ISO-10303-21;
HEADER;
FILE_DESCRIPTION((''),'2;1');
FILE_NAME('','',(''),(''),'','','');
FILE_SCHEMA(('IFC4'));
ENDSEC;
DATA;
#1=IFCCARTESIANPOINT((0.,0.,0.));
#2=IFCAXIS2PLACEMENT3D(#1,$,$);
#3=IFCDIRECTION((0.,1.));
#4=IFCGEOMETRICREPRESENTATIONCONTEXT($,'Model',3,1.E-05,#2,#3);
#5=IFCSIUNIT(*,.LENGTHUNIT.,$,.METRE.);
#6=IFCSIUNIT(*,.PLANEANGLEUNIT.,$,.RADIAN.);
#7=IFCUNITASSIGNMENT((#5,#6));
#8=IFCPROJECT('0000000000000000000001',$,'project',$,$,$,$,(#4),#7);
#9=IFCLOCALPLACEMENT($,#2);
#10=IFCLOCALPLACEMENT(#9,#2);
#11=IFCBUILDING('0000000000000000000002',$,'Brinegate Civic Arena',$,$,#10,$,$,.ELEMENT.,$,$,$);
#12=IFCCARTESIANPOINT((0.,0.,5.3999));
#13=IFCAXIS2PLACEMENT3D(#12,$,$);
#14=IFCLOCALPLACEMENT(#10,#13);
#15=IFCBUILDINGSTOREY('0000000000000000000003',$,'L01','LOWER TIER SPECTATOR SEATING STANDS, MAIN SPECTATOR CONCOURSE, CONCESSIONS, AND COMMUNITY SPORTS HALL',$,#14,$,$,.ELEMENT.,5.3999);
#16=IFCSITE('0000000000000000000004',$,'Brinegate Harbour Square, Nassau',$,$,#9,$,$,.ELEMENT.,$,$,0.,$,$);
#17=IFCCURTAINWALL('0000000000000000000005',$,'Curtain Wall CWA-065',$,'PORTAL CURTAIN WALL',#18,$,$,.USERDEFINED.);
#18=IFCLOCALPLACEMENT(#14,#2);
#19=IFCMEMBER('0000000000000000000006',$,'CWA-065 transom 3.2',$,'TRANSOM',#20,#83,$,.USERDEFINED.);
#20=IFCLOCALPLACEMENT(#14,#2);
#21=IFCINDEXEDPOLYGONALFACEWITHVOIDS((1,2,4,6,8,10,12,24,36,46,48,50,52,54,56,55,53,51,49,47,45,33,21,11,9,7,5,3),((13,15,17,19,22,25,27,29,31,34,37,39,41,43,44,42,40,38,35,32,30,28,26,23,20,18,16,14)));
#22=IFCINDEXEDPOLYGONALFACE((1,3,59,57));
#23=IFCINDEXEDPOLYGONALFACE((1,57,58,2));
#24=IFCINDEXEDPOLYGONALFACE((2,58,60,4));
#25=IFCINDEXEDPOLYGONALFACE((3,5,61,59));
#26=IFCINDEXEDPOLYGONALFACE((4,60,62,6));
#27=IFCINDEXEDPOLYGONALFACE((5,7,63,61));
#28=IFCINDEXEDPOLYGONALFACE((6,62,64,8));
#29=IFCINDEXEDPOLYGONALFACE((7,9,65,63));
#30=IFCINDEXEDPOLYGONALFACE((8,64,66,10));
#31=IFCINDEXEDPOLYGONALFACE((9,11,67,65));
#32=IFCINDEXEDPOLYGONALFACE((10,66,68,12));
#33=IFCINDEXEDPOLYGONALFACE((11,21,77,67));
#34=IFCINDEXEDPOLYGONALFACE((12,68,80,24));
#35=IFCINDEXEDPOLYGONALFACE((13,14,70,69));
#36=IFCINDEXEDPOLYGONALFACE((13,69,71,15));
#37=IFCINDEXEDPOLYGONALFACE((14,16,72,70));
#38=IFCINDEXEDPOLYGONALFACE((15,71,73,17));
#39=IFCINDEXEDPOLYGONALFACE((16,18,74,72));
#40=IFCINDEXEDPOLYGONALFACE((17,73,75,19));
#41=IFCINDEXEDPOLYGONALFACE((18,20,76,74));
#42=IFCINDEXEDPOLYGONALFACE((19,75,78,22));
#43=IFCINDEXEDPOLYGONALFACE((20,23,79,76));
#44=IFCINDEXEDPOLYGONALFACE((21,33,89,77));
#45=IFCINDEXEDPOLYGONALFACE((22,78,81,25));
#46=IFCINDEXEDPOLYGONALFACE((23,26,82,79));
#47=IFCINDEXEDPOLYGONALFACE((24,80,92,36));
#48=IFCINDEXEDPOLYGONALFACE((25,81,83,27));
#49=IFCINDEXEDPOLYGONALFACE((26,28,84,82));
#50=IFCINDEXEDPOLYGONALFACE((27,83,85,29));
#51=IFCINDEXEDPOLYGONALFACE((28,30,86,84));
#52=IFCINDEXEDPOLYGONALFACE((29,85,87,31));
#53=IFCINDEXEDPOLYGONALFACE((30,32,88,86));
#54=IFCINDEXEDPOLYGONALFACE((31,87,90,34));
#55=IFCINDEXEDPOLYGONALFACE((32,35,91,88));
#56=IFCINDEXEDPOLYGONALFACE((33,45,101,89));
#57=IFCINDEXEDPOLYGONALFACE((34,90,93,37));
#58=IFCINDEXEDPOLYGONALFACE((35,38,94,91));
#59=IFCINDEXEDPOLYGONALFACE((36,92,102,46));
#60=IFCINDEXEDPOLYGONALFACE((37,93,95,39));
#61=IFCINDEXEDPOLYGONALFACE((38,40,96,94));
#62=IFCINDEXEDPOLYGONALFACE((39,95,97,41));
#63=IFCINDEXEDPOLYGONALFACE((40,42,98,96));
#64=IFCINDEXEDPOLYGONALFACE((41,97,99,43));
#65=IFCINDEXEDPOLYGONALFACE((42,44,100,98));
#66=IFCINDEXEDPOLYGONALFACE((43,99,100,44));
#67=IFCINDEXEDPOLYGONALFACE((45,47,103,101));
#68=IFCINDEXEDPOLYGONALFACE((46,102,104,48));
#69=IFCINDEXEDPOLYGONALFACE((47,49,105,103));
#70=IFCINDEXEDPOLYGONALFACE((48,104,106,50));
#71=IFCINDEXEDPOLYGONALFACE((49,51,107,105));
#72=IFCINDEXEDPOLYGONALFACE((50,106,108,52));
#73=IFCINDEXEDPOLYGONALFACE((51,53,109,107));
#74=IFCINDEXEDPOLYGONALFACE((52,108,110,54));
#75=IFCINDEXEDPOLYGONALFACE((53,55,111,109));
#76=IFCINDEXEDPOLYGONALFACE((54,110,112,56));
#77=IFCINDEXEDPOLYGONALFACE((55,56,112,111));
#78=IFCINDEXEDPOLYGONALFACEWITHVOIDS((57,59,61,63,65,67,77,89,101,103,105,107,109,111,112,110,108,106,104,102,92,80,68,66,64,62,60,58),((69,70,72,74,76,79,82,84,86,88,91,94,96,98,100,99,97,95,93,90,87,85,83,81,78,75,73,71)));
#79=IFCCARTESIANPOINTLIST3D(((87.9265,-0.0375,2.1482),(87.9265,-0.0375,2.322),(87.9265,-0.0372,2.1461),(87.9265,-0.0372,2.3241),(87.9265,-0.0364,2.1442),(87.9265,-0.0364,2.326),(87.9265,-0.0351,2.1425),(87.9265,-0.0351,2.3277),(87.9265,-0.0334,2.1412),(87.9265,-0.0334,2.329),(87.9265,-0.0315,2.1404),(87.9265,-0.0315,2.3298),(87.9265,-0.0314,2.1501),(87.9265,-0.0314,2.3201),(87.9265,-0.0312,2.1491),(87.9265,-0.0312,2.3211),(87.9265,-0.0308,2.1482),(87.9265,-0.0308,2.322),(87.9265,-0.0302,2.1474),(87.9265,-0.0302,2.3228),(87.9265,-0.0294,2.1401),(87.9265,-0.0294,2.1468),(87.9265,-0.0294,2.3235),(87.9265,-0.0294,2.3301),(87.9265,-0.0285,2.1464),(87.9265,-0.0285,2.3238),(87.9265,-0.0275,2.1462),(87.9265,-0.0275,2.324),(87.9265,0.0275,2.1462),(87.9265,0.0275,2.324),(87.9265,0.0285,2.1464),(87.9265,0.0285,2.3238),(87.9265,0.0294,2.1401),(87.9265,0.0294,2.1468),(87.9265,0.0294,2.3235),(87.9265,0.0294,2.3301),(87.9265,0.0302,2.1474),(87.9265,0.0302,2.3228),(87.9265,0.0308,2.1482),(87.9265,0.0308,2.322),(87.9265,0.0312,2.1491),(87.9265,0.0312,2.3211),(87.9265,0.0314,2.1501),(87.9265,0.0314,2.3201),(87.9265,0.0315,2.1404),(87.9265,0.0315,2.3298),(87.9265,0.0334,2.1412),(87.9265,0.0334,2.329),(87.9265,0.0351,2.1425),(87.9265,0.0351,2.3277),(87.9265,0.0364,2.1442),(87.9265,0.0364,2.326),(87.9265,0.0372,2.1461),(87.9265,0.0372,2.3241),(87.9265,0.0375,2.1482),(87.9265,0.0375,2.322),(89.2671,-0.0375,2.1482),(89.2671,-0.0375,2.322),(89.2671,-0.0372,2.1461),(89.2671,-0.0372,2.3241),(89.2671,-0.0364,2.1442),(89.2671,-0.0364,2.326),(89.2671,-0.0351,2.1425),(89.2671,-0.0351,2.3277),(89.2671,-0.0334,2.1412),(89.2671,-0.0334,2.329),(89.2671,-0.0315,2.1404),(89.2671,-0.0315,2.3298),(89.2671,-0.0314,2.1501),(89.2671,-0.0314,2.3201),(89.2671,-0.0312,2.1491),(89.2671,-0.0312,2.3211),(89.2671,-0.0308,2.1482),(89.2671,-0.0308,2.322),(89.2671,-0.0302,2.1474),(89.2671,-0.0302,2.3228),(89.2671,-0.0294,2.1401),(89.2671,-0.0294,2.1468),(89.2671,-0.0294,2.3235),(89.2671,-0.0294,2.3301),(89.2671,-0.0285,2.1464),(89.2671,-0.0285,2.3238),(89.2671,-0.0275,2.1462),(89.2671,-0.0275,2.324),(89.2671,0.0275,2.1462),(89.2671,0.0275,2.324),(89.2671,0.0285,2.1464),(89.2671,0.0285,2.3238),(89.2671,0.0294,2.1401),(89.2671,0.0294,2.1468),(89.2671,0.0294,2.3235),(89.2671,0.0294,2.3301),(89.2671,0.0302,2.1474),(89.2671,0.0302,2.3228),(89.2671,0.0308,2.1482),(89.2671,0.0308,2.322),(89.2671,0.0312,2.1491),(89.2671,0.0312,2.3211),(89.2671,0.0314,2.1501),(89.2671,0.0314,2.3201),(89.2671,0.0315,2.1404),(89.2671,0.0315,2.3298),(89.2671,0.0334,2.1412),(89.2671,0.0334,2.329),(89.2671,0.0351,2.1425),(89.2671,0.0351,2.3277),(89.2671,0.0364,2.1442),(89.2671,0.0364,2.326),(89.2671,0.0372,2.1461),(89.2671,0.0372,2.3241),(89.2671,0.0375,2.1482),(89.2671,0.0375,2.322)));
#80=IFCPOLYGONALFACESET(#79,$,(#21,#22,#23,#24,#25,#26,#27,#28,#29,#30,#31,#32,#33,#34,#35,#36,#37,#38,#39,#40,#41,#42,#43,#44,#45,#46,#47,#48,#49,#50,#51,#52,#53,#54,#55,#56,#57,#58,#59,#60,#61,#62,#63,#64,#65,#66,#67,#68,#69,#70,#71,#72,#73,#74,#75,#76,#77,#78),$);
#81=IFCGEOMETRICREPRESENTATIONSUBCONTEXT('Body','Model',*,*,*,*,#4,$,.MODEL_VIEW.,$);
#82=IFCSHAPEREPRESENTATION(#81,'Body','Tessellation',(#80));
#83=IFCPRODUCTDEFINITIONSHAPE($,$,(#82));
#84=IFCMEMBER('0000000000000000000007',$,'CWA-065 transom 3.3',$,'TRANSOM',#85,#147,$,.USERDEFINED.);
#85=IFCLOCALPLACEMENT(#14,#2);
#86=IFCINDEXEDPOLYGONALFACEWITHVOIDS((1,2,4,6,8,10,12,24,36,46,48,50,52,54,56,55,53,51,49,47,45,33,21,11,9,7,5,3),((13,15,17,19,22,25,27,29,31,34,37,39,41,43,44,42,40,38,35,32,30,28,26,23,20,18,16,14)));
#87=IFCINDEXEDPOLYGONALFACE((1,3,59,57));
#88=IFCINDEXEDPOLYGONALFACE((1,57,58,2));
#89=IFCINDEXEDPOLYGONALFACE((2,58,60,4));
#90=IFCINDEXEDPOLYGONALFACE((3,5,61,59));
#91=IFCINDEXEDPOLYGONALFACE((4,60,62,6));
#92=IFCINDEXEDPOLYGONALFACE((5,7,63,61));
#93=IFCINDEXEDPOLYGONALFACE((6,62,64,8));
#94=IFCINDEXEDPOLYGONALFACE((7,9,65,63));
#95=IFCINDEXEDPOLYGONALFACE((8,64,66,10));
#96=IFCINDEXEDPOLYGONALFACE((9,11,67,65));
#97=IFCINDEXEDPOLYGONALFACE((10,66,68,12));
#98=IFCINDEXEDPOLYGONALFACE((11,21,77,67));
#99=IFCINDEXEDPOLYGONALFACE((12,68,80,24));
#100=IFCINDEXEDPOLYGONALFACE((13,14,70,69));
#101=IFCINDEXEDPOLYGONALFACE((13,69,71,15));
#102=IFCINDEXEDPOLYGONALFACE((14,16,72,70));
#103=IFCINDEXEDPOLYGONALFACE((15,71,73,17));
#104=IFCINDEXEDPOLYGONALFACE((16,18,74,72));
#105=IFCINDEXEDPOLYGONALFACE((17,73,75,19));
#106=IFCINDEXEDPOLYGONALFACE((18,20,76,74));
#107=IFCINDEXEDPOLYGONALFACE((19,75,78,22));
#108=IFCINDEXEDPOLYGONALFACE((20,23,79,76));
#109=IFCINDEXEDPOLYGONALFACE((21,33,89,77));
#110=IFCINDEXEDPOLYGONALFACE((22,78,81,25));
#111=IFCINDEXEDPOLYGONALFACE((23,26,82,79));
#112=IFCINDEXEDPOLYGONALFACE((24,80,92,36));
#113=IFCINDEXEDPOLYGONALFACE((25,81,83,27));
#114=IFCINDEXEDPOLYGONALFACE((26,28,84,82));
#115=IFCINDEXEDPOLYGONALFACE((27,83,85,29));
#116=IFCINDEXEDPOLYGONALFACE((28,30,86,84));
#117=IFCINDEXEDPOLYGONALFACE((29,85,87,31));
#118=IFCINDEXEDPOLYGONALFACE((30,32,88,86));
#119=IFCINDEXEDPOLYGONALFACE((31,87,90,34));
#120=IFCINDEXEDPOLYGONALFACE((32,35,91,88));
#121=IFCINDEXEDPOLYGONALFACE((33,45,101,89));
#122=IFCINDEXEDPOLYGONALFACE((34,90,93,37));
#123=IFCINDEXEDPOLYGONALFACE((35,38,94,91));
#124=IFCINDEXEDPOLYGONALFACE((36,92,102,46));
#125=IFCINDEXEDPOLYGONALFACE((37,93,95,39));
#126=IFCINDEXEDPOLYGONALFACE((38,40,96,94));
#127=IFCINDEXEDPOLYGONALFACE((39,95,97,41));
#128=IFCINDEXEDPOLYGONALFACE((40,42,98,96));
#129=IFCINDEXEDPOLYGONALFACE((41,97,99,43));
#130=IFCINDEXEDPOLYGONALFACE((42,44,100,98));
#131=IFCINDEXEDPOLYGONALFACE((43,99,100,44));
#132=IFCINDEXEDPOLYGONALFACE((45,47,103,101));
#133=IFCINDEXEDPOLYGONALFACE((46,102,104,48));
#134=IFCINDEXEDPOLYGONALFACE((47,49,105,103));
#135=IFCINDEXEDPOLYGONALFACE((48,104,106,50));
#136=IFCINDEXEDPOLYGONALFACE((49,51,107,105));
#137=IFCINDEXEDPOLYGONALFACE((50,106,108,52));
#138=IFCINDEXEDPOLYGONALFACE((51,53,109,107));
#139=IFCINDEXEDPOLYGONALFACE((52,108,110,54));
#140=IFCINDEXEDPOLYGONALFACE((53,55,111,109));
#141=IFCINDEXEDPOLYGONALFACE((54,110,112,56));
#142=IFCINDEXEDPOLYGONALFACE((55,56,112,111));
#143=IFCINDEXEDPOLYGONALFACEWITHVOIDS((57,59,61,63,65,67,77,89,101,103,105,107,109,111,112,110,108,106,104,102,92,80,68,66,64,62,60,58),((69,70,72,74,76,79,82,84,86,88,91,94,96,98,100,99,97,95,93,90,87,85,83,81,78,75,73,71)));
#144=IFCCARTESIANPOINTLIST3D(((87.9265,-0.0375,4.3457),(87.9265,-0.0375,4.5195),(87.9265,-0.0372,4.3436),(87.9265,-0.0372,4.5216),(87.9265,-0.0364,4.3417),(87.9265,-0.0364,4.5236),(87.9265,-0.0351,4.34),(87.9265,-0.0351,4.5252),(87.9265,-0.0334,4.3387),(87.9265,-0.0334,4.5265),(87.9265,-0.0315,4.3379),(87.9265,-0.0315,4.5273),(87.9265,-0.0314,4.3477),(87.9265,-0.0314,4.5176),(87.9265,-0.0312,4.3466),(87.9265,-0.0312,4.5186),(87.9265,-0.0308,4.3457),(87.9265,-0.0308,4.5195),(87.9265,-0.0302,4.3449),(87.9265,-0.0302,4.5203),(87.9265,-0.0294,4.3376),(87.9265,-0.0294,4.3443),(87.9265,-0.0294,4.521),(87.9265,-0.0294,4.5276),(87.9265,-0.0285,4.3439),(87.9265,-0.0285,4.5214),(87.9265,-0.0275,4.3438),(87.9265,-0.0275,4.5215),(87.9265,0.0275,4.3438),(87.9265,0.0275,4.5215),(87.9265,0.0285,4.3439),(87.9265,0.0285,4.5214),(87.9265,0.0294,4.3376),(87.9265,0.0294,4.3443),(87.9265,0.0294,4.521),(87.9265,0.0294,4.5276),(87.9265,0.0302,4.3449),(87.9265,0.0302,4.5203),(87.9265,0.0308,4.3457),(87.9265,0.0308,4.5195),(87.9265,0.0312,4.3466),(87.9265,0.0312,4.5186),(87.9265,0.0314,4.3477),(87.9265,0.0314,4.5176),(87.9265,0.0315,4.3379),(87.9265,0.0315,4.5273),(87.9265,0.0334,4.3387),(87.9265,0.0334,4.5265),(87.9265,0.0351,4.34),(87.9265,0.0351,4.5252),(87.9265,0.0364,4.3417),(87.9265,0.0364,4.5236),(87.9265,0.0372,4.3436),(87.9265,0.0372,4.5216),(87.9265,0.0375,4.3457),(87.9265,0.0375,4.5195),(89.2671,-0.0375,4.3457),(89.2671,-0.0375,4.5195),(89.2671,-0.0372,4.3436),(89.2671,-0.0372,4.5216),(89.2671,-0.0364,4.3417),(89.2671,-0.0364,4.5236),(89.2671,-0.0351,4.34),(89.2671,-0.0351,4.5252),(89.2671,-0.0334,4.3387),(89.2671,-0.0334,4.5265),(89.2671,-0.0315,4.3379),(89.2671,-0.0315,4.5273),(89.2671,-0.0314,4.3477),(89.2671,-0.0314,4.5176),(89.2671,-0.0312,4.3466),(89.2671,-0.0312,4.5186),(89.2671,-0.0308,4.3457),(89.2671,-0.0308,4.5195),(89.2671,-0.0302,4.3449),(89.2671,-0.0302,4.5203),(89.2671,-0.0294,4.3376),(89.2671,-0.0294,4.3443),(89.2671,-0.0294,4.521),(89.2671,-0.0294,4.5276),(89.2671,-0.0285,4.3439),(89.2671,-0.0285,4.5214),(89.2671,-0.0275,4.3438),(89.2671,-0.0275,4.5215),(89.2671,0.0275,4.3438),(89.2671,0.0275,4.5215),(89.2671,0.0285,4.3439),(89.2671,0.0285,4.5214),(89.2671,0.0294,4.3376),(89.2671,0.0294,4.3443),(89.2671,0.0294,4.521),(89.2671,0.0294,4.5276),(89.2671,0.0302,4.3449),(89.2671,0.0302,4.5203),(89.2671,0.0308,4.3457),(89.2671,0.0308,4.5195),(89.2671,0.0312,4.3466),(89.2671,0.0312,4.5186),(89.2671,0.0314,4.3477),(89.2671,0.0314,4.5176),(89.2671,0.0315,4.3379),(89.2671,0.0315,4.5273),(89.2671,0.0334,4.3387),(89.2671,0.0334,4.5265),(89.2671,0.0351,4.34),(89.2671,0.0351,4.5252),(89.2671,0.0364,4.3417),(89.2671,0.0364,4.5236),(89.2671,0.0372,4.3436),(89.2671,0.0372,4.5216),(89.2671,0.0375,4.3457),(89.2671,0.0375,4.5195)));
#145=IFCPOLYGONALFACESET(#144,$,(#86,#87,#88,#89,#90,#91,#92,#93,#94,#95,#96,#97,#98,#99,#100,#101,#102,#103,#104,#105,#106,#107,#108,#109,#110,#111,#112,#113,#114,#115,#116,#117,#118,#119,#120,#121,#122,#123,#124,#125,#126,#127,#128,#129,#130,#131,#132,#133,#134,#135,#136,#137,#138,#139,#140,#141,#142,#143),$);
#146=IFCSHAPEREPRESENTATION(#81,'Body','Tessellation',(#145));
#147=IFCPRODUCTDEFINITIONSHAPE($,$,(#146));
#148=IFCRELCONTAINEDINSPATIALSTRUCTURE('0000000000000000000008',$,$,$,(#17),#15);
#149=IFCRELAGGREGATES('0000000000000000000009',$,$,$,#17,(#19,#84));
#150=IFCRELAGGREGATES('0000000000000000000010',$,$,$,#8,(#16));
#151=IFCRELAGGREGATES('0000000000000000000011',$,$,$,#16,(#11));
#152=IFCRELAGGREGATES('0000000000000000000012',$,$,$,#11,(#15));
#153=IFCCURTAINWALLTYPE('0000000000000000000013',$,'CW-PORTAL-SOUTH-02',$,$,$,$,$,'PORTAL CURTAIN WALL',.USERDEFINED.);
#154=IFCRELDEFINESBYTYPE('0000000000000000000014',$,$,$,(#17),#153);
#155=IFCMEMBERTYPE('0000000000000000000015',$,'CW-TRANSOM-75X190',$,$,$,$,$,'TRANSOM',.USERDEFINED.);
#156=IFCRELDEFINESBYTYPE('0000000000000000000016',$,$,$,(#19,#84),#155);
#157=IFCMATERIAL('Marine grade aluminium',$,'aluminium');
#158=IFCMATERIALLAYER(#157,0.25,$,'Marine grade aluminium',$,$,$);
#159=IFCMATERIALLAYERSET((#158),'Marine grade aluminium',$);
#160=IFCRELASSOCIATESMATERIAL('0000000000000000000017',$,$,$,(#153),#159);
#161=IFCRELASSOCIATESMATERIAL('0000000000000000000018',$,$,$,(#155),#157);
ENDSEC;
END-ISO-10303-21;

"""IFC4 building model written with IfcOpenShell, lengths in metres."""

from ifc_helpers import new_model, si_unit, direction, frame, origin, origin_2d, place, context, subcontext, project, spatial, hollow_rectangle, extrude, material, layer, layer_set, material_profile, profile_set, type_object, element, aggregate, save


model = new_model("IFC4")

# Units and contexts
model_context = context("Model", 3, precision=1e-05, world=origin(), true_north=direction((0.0, 1.0)))
body_context = subcontext(model_context, "Body", "Model", "MODEL_VIEW")
ifc_project = project(units=[si_unit("LENGTHUNIT", "METRE"), si_unit("PLANEANGLEUNIT", "RADIAN")], contexts=[model_context])

# Site, building, storey
site_placement = place(None, origin())
site = spatial("IfcSite", under=ifc_project, at=site_placement, Name="Brinegate Harbour Square, Nassau", CompositionType="ELEMENT", RefElevation=0.0)
building_placement = place(site_placement, origin())
building = spatial("IfcBuilding", under=site, at=building_placement, Name="Brinegate Civic Arena", CompositionType="ELEMENT")
storey_placement = place(building_placement, frame((0.0, 0.0, 5.3999)))
storey = spatial("IfcBuildingStorey", under=building, at=storey_placement, Name="L01", Description="LOWER TIER SPECTATOR SEATING STANDS, MAIN SPECTATOR CONCOURSE, CONCESSIONS, AND COMMUNITY SPORTS HALL", CompositionType="ELEMENT", Elevation=5.3999)

# Curtain wall, members
ifc_material_1 = material(Name="Marine grade aluminium", Category="aluminium")
ifc_layer_1 = layer(ifc_material_1, 0.25, Name="Marine grade aluminium")
ifc_layer_set_1 = layer_set([ifc_layer_1], Name="Marine grade aluminium")
curtain_wall_type = type_object("IfcCurtainWallType", Name="CW-PORTAL-SOUTH-02", ElementType="PORTAL CURTAIN WALL", PredefinedType="USERDEFINED", material=ifc_layer_set_1)
curtain_wall_placement = place(storey_placement, origin())
curtain_wall = element("IfcCurtainWall", 1, at=curtain_wall_placement, inside=storey, type_object=curtain_wall_type, Name="Curtain Wall CWA-065", ObjectType="PORTAL CURTAIN WALL", PredefinedType="USERDEFINED")
ifc_material_profile_1 = material_profile(ifc_material_1, hollow_rectangle(XDim=0.075, YDim=0.1899, WallThickness=0.0061, InnerFilletRadius=0.0039, OuterFilletRadius=0.0081, at=origin_2d()), Name="TRN75X190")
ifc_profile_set_1 = profile_set([ifc_material_profile_1], Name="Marine grade aluminium")
member_type_1 = type_object("IfcMemberType", Name="CW-TRANSOM-75X190", ElementType="TRANSOM", PredefinedType="USERDEFINED", material=ifc_profile_set_1)
member_1_placement = place(storey_placement, frame((87.9265, 0.0, 2.2351), z_axis=(1.0, 0.0, 0.0), x_axis=(0.0, 1.0, 0.0)))
member_1 = element("IfcMember", 2, at=member_1_placement, type_object=member_type_1, Name="CWA-065 transom 3.2", ObjectType="TRANSOM", PredefinedType="USERDEFINED", context=body_context, shape_type="SweptSolid", body=[
    extrude(hollow_rectangle(XDim=0.075, YDim=0.1899, WallThickness=0.0061, InnerFilletRadius=0.0039, OuterFilletRadius=0.0081, at=origin_2d()), origin(), (0.0, 0.0, 1.0), 1.3406),
])
member_2_placement = place(storey_placement, frame((87.9265, 0.0, 4.4326), z_axis=(1.0, 0.0, 0.0), x_axis=(0.0, 1.0, 0.0)))
member_2 = element("IfcMember", 3, at=member_2_placement, type_object=member_type_1, Name="CWA-065 transom 3.3", ObjectType="TRANSOM", PredefinedType="USERDEFINED", context=body_context, shape_type="SweptSolid", body=[
    extrude(hollow_rectangle(XDim=0.075, YDim=0.1899, WallThickness=0.0061, InnerFilletRadius=0.0039, OuterFilletRadius=0.0081, at=origin_2d()), origin(), (0.0, 0.0, 1.0), 1.3406),
])
aggregate(curtain_wall, [member_1, member_2])

save(model, "model.ifc")
